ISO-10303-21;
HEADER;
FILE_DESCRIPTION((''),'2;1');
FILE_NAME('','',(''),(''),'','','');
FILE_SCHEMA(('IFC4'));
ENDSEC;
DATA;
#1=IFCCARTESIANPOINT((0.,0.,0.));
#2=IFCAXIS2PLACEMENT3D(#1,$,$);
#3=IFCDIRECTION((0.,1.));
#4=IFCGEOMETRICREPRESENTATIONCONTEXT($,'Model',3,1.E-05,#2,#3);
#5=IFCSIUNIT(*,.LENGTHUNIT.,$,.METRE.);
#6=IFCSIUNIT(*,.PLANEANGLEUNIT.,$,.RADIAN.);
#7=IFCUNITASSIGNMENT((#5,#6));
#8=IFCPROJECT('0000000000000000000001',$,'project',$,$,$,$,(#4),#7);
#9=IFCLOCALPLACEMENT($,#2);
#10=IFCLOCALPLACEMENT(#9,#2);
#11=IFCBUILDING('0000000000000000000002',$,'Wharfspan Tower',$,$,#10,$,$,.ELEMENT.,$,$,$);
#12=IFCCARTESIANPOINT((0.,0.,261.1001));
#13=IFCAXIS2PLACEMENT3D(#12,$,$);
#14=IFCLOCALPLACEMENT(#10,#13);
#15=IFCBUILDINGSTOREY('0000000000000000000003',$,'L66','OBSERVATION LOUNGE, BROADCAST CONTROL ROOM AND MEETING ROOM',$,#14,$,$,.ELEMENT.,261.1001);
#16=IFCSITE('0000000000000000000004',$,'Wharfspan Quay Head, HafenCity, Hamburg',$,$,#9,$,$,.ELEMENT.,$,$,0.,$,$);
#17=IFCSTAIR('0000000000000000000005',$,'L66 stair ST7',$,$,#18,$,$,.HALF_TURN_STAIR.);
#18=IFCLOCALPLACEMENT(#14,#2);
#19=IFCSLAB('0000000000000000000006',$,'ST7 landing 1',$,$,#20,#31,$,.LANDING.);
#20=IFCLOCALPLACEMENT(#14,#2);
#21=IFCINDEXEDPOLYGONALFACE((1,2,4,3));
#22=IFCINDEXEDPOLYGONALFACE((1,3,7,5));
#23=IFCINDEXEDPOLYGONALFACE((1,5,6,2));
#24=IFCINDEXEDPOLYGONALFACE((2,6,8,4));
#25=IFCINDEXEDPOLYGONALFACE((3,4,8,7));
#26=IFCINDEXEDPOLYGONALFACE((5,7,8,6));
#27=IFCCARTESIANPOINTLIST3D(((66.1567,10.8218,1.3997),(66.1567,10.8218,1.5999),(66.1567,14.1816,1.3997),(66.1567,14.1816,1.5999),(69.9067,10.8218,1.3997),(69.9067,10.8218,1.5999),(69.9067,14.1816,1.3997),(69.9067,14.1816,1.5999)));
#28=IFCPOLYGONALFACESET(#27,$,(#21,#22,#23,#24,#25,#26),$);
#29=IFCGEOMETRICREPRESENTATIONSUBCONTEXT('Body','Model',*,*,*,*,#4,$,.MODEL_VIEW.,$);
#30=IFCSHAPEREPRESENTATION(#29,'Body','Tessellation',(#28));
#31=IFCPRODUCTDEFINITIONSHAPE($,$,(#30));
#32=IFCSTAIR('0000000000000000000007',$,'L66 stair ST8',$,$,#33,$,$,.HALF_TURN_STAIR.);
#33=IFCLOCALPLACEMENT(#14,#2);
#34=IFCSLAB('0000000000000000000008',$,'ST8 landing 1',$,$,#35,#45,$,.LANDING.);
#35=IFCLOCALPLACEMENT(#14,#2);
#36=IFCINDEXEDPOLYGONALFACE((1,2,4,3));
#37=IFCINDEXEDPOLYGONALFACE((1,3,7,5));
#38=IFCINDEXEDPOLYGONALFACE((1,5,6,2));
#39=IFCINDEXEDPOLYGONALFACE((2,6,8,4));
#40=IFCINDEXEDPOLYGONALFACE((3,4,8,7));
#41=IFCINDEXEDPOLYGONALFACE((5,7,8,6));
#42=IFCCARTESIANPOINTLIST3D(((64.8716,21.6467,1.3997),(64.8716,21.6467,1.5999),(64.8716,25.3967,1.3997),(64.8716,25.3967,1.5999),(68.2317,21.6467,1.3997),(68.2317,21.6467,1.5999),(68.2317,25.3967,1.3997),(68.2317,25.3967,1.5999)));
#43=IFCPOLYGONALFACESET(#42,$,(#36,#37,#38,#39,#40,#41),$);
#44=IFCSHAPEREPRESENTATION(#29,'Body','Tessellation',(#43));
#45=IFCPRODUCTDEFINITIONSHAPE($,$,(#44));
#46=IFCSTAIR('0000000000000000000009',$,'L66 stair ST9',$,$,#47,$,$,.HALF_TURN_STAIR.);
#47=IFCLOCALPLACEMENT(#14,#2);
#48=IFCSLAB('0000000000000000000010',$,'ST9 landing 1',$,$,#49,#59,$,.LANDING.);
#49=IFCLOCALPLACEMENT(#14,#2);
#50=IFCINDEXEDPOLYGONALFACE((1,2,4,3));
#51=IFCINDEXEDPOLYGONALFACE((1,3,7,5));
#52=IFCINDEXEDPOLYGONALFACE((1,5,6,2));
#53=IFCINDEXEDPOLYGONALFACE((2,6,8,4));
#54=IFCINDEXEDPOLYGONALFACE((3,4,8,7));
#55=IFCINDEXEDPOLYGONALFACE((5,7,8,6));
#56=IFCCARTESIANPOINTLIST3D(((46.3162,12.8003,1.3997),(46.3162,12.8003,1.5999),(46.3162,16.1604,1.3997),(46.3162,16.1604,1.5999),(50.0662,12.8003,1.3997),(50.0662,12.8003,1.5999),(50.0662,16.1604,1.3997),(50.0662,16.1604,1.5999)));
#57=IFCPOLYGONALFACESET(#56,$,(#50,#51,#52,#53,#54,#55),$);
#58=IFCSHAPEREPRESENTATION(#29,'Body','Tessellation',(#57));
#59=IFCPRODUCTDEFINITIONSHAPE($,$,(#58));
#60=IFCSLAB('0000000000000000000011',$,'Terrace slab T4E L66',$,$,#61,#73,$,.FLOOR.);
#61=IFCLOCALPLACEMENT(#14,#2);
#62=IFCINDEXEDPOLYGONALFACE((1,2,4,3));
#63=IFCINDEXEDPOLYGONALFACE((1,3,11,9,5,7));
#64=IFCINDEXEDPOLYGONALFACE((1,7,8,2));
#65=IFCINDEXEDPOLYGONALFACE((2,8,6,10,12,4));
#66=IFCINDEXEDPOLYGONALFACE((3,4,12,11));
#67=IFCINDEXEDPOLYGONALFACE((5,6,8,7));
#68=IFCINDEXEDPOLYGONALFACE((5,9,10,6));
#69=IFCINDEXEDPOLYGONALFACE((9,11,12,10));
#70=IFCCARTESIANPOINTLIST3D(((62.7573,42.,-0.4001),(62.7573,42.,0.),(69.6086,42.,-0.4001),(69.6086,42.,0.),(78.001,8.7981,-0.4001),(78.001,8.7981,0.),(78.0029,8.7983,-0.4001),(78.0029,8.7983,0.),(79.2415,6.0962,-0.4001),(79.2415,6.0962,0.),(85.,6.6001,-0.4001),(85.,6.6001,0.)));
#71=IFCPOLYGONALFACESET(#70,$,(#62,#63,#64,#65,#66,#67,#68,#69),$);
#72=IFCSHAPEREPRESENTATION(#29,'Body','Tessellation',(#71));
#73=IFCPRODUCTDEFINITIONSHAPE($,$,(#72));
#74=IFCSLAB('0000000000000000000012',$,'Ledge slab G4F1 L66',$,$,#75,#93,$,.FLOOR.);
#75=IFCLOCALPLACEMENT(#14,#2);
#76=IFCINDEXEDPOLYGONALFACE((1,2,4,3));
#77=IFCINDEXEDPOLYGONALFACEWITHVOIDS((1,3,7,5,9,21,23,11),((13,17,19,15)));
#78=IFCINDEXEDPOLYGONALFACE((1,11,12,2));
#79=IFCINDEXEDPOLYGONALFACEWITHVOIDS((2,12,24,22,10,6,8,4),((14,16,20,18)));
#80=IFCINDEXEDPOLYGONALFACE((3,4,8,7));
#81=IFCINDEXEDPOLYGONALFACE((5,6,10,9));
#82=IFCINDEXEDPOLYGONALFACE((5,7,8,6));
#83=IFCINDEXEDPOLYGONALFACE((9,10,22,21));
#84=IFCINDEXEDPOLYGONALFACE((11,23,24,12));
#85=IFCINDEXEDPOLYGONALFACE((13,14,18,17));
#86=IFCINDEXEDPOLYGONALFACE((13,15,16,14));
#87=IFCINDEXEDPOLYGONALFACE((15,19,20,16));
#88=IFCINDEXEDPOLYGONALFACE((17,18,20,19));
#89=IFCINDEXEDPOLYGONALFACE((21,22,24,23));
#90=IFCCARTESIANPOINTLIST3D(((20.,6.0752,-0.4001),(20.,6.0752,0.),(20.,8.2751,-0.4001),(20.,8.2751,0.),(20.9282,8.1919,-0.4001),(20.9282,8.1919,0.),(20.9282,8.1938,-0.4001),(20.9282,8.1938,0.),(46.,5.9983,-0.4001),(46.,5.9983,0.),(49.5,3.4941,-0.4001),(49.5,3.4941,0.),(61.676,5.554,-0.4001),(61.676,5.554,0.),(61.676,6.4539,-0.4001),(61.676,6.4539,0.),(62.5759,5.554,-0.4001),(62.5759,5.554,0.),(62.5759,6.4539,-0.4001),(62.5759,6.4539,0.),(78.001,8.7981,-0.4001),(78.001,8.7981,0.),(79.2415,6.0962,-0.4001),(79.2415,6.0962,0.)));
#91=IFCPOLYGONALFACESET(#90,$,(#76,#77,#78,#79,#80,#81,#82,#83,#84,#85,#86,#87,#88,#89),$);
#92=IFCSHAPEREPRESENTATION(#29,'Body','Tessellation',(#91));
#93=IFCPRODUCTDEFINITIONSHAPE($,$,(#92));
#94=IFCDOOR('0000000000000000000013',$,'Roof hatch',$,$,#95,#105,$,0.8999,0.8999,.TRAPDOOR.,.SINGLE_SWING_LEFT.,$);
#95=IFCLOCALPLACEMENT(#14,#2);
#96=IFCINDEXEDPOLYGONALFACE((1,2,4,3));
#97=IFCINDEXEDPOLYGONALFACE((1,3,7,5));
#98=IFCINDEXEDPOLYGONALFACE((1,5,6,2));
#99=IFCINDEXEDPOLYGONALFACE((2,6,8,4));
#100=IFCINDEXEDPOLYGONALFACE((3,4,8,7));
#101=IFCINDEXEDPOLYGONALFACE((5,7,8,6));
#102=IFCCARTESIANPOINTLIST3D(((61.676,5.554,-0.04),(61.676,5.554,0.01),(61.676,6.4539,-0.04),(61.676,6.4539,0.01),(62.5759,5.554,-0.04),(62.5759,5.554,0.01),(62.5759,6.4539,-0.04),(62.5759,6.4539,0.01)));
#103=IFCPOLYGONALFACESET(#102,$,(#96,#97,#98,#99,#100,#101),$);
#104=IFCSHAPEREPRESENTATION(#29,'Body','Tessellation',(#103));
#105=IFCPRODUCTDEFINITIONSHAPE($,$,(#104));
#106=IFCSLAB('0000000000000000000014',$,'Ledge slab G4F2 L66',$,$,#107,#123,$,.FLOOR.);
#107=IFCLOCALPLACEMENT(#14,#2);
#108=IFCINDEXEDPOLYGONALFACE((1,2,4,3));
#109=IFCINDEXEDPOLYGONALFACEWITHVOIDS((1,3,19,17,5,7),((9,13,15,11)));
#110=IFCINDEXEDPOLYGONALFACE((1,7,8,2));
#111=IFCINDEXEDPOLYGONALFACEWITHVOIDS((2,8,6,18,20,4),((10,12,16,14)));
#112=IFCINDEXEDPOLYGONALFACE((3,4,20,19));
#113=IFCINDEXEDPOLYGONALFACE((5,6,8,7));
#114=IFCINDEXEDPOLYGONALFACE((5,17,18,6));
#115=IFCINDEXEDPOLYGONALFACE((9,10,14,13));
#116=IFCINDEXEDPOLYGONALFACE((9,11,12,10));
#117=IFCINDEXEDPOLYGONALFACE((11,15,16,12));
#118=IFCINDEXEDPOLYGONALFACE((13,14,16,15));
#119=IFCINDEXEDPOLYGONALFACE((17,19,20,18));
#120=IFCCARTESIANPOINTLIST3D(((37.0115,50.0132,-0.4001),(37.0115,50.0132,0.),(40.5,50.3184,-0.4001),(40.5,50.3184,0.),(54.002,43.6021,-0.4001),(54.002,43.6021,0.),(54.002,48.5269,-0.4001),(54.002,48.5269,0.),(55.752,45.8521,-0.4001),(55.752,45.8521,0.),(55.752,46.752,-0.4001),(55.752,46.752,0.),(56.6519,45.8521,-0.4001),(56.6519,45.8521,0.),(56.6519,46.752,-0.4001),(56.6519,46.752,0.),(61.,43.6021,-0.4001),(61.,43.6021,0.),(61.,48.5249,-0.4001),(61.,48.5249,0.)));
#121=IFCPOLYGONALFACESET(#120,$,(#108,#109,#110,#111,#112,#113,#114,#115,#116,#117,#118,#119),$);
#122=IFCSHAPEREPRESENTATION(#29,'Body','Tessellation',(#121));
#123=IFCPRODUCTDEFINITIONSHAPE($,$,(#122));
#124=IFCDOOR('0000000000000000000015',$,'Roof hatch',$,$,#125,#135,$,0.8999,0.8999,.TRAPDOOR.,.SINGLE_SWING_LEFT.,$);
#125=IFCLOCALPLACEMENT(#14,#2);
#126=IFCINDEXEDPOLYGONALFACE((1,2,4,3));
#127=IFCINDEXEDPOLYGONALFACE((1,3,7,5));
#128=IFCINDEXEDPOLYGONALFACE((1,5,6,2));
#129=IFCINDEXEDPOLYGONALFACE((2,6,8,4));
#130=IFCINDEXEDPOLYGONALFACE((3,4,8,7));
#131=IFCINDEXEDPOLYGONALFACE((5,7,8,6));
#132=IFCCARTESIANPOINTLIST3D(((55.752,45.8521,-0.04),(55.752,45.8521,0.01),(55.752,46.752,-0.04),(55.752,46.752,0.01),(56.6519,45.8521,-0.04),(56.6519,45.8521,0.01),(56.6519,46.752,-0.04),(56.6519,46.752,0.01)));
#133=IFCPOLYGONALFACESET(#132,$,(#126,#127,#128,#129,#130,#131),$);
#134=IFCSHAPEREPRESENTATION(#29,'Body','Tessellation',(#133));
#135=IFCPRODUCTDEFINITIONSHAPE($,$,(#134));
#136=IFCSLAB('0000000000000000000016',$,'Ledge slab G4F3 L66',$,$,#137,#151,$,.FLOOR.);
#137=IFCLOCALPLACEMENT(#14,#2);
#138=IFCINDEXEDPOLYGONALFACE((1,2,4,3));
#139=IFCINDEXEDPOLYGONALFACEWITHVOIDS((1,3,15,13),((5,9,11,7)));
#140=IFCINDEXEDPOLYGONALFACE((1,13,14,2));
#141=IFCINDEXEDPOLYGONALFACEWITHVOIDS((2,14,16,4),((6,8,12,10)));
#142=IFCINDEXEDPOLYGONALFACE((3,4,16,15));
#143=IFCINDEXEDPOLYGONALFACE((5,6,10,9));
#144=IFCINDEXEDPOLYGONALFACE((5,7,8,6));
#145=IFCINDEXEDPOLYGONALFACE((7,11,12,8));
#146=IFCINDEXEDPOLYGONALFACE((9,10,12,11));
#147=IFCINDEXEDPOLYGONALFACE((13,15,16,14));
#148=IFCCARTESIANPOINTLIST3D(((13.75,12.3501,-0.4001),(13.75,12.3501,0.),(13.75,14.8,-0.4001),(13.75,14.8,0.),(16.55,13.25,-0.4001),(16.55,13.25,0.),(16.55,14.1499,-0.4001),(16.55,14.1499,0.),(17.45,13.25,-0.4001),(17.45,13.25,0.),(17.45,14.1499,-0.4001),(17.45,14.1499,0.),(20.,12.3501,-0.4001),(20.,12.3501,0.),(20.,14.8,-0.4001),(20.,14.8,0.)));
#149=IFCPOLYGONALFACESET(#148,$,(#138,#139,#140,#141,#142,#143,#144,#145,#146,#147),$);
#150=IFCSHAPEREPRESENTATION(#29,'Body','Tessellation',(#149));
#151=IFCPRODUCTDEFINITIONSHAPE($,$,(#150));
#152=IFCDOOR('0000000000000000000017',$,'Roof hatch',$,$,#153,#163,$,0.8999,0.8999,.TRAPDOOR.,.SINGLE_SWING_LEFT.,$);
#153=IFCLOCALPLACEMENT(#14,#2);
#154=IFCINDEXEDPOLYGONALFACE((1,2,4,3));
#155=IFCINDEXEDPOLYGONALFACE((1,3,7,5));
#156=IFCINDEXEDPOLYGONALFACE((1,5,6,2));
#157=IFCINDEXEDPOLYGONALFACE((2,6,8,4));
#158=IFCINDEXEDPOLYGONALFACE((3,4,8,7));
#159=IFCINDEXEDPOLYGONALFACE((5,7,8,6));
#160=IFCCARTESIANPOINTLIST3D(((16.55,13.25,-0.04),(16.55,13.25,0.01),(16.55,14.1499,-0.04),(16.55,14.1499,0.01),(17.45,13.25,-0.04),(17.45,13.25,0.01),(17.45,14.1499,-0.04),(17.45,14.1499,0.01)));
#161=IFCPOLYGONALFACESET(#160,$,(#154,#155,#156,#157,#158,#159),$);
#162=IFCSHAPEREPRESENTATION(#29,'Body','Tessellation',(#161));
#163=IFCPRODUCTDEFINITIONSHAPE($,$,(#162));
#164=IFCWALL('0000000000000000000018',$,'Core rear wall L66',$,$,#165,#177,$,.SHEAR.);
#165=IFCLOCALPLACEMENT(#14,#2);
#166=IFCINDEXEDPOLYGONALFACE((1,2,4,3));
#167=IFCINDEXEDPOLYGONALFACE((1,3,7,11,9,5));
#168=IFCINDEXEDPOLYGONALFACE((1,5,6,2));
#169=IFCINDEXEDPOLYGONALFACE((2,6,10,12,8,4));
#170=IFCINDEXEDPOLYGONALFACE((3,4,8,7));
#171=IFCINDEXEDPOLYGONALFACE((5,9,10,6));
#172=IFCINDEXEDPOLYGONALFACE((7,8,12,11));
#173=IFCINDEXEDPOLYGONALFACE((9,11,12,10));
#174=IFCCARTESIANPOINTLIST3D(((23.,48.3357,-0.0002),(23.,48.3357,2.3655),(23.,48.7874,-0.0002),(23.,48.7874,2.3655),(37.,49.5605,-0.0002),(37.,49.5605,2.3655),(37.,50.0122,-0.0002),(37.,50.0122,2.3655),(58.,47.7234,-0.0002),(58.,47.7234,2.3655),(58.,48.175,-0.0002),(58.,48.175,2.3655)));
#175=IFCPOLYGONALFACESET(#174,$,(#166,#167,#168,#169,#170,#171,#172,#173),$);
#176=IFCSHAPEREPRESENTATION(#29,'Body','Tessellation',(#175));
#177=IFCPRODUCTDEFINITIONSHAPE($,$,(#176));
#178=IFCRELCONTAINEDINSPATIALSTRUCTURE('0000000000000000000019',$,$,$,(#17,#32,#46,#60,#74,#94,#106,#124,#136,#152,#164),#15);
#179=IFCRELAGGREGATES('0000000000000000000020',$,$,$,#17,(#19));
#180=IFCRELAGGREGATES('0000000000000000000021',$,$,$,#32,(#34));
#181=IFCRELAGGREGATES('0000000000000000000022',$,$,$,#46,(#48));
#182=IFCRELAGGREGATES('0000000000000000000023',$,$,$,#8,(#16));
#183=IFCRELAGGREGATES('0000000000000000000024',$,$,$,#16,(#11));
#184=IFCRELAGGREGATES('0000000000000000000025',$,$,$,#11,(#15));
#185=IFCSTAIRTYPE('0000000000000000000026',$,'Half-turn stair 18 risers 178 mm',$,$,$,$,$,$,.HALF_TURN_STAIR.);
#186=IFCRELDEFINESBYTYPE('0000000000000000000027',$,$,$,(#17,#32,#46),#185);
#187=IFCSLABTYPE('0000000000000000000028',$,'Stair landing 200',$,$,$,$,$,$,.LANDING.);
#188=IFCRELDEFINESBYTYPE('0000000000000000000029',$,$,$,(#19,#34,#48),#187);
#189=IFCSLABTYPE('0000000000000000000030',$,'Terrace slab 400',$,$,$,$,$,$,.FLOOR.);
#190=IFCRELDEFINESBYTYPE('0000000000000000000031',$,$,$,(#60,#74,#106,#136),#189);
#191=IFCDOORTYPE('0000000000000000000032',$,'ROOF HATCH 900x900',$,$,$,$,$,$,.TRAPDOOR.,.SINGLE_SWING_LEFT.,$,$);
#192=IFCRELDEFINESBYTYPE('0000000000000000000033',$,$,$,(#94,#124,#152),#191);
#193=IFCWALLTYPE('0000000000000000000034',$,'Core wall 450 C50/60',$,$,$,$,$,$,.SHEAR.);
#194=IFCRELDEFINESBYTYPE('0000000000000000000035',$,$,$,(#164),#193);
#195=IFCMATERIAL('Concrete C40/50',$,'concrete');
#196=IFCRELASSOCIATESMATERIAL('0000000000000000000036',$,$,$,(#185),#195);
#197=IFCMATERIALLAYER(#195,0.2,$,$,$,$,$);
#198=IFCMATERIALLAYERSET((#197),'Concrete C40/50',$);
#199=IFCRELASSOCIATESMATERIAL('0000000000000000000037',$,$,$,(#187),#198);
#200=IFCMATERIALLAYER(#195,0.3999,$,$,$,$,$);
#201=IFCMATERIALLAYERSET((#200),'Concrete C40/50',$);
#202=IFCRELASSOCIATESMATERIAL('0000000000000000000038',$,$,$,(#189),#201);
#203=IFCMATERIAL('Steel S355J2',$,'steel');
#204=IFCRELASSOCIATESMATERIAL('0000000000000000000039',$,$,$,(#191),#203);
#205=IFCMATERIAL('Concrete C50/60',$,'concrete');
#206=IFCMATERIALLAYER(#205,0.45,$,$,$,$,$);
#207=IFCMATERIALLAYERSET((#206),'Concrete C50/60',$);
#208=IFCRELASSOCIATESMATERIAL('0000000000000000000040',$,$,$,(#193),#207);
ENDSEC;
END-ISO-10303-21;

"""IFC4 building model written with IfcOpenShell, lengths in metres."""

from ifc_helpers import new_model, si_unit, direction, frame, origin, origin_2d, place, context, subcontext, project, spatial, polyline, rectangle, outline, extrude, material, layer, layer_set, type_object, element, fill, aggregate, save


model = new_model("IFC4")

# Units and contexts
model_context = context("Model", 3, precision=1e-05, world=origin(), true_north=direction((0.0, 1.0)))
body_context = subcontext(model_context, "Body", "Model", "MODEL_VIEW")
ifc_project = project(units=[si_unit("LENGTHUNIT", "METRE"), si_unit("PLANEANGLEUNIT", "RADIAN")], contexts=[model_context])

# Site, building, storey
site_placement = place(None, origin())
site = spatial("IfcSite", under=ifc_project, at=site_placement, Name="Wharfspan Quay Head, HafenCity, Hamburg", CompositionType="ELEMENT", RefElevation=0.0)
building_placement = place(site_placement, origin())
building = spatial("IfcBuilding", under=site, at=building_placement, Name="Wharfspan Tower", CompositionType="ELEMENT")
storey_placement = place(building_placement, frame((0.0, 0.0, 261.1001)))
storey = spatial("IfcBuildingStorey", under=building, at=storey_placement, Name="L66", Description="OBSERVATION LOUNGE, BROADCAST CONTROL ROOM AND MEETING ROOM", CompositionType="ELEMENT", Elevation=261.1001)

# Shared definitions
ifc_material_1 = material(Name="Concrete C40/50", Category="concrete")

# Stairs, slabs
stair_type = type_object("IfcStairType", Name="Half-turn stair 18 risers 178 mm", PredefinedType="HALF_TURN_STAIR", material=ifc_material_1)
ifc_layer_1 = layer(ifc_material_1, 0.2)
ifc_layer_set_1 = layer_set([ifc_layer_1], Name="Concrete C40/50")
slab_type_1 = type_object("IfcSlabType", Name="Stair landing 200", PredefinedType="LANDING", material=ifc_layer_set_1)
stair_1_placement = place(storey_placement, origin())
stair_1 = element("IfcStair", 1, at=stair_1_placement, inside=storey, type_object=stair_type, Name="L66 stair ST7", PredefinedType="HALF_TURN_STAIR")
slab_1_placement = place(storey_placement, frame((0.0, 0.0, 1.3997)))
slab_1 = element("IfcSlab", 2, at=slab_1_placement, type_object=slab_type_1, Name="ST7 landing 1", PredefinedType="LANDING", context=body_context, shape_type="SweptSolid", body=[
    extrude(outline(polyline([(66.1567, 14.1816), (66.1567, 10.8218), (69.9067, 10.8218), (69.9067, 14.1816), (66.1567, 14.1816)])), origin(), (0.0, 0.0, 1.0), 0.2002),
])
aggregate(stair_1, [slab_1])
stair_2_placement = place(storey_placement, origin())
stair_2 = element("IfcStair", 3, at=stair_2_placement, inside=storey, type_object=stair_type, Name="L66 stair ST8", PredefinedType="HALF_TURN_STAIR")
slab_2_placement = place(storey_placement, frame((0.0, 0.0, 1.3997)))
slab_2 = element("IfcSlab", 4, at=slab_2_placement, type_object=slab_type_1, Name="ST8 landing 1", PredefinedType="LANDING", context=body_context, shape_type="SweptSolid", body=[
    extrude(outline(polyline([(64.8716, 21.6467), (68.2317, 21.6467), (68.2317, 25.3967), (64.8716, 25.3967), (64.8716, 21.6467)])), origin(), (0.0, 0.0, 1.0), 0.2002),
])
aggregate(stair_2, [slab_2])
stair_3_placement = place(storey_placement, origin())
stair_3 = element("IfcStair", 5, at=stair_3_placement, inside=storey, type_object=stair_type, Name="L66 stair ST9", PredefinedType="HALF_TURN_STAIR")
slab_3_placement = place(storey_placement, frame((0.0, 0.0, 1.3997)))
slab_3 = element("IfcSlab", 6, at=slab_3_placement, type_object=slab_type_1, Name="ST9 landing 1", PredefinedType="LANDING", context=body_context, shape_type="SweptSolid", body=[
    extrude(outline(polyline([(46.3162, 16.1604), (46.3162, 12.8003), (50.0662, 12.8003), (50.0662, 16.1604), (46.3162, 16.1604)])), origin(), (0.0, 0.0, 1.0), 0.2002),
])
aggregate(stair_3, [slab_3])

# Slab
ifc_layer_2 = layer(ifc_material_1, 0.3999)
ifc_layer_set_2 = layer_set([ifc_layer_2], Name="Concrete C40/50")
slab_type_2 = type_object("IfcSlabType", Name="Terrace slab 400", PredefinedType="FLOOR", material=ifc_layer_set_2)
slab_4_placement = place(storey_placement, frame((0.0, 0.0, -0.4001)))
element("IfcSlab", 7, at=slab_4_placement, inside=storey, type_object=slab_type_2, Name="Terrace slab T4E L66", PredefinedType="FLOOR", context=body_context, shape_type="SweptSolid", body=[
    extrude(outline(polyline([(85.0, 6.6001), (69.6086, 42.0), (62.7573, 42.0), (78.0029, 8.7983), (78.001, 8.7981), (79.2415, 6.0962), (85.0, 6.6001)])), origin(), (0.0, 0.0, 1.0), 0.4001),
])

# Slabs, openings, doors
slab_5_placement = place(storey_placement, frame((0.0, 0.0, -0.4001)))
slab_5 = element("IfcSlab", 8, at=slab_5_placement, inside=storey, type_object=slab_type_2, Name="Ledge slab G4F1 L66", PredefinedType="FLOOR", context=body_context, shape_type="SweptSolid", body=[
    extrude(outline(polyline([(49.5, 3.4941), (79.2415, 6.0962), (78.001, 8.7981), (46.0, 5.9983), (20.9282, 8.1919), (20.9282, 8.1938), (20.0, 8.2751), (20.0, 6.0752), (49.5, 3.4941)])), origin(), (0.0, 0.0, 1.0), 0.4001),
])
opening_1_placement = place(slab_5_placement, frame((62.126, 6.0039, 0.0)))
opening_1 = element("IfcOpeningElement", 9, at=opening_1_placement, cuts=slab_5, PredefinedType="OPENING", context=body_context, shape_type="SweptSolid", body=[
    extrude(rectangle(XDim=0.8999, YDim=0.8999, at=origin_2d()), frame((0.0, 0.0, -0.01)), (0.0, 0.0, 1.0), 0.4202),
])
ifc_material_2 = material(Name="Steel S355J2", Category="steel")
door_type = type_object("IfcDoorType", Name="ROOF HATCH 900x900", OperationType="SINGLE_SWING_LEFT", PredefinedType="TRAPDOOR", material=ifc_material_2)
door_1_placement = place(opening_1_placement, frame((0.0, 0.0, 0.3601)))
door_1 = element("IfcDoor", 10, at=door_1_placement, inside=storey, type_object=door_type, Name="Roof hatch", OperationType="SINGLE_SWING_LEFT", OverallHeight=0.8999, OverallWidth=0.8999, PredefinedType="TRAPDOOR", context=body_context, shape_type="SweptSolid", body=[
    extrude(rectangle(XDim=0.8999, YDim=0.8999, at=origin_2d()), origin(), (0.0, 0.0, 1.0), 0.05),
])
fill(opening_1, door_1)
slab_6_placement = place(storey_placement, frame((0.0, 0.0, -0.4001)))
slab_6 = element("IfcSlab", 11, at=slab_6_placement, inside=storey, type_object=slab_type_2, Name="Ledge slab G4F2 L66", PredefinedType="FLOOR", context=body_context, shape_type="SweptSolid", body=[
    extrude(outline(polyline([(61.0, 48.5249), (40.5, 50.3184), (37.0115, 50.0132), (54.002, 48.5269), (54.002, 43.6021), (61.0, 43.6021), (61.0, 48.5249)])), origin(), (0.0, 0.0, 1.0), 0.4001),
])
opening_2_placement = place(slab_6_placement, frame((56.2019, 46.302, 0.0)))
opening_2 = element("IfcOpeningElement", 12, at=opening_2_placement, cuts=slab_6, PredefinedType="OPENING", context=body_context, shape_type="SweptSolid", body=[
    extrude(rectangle(XDim=0.8999, YDim=0.8999, at=origin_2d()), frame((0.0, 0.0, -0.01)), (0.0, 0.0, 1.0), 0.4202),
])
door_2_placement = place(opening_2_placement, frame((0.0, 0.0, 0.3601)))
door_2 = element("IfcDoor", 13, at=door_2_placement, inside=storey, type_object=door_type, Name="Roof hatch", OperationType="SINGLE_SWING_LEFT", OverallHeight=0.8999, OverallWidth=0.8999, PredefinedType="TRAPDOOR", context=body_context, shape_type="SweptSolid", body=[
    extrude(rectangle(XDim=0.8999, YDim=0.8999, at=origin_2d()), origin(), (0.0, 0.0, 1.0), 0.05),
])
fill(opening_2, door_2)
slab_7_placement = place(storey_placement, frame((0.0, 0.0, -0.4001)))
slab_7 = element("IfcSlab", 14, at=slab_7_placement, inside=storey, type_object=slab_type_2, Name="Ledge slab G4F3 L66", PredefinedType="FLOOR", context=body_context, shape_type="SweptSolid", body=[
    extrude(outline(polyline([(13.75, 12.3501), (20.0, 12.3501), (20.0, 14.8), (13.75, 14.8), (13.75, 12.3501)])), origin(), (0.0, 0.0, 1.0), 0.4001),
])
opening_3_placement = place(slab_7_placement, frame((17.0, 13.7, 0.0)))
opening_3 = element("IfcOpeningElement", 15, at=opening_3_placement, cuts=slab_7, PredefinedType="OPENING", context=body_context, shape_type="SweptSolid", body=[
    extrude(rectangle(XDim=0.8999, YDim=0.8999, at=origin_2d()), frame((0.0, 0.0, -0.01)), (0.0, 0.0, 1.0), 0.4202),
])
door_3_placement = place(opening_3_placement, frame((0.0, 0.0, 0.3601)))
door_3 = element("IfcDoor", 16, at=door_3_placement, inside=storey, type_object=door_type, Name="Roof hatch", OperationType="SINGLE_SWING_LEFT", OverallHeight=0.8999, OverallWidth=0.8999, PredefinedType="TRAPDOOR", context=body_context, shape_type="SweptSolid", body=[
    extrude(rectangle(XDim=0.8999, YDim=0.8999, at=origin_2d()), origin(), (0.0, 0.0, 1.0), 0.05),
])
fill(opening_3, door_3)

# Wall
ifc_material_3 = material(Name="Concrete C50/60", Category="concrete")
ifc_layer_3 = layer(ifc_material_3, 0.45)
ifc_layer_set_3 = layer_set([ifc_layer_3], Name="Concrete C50/60")
wall_type_1 = type_object("IfcWallType", Name="Core wall 450 C50/60", PredefinedType="SHEAR", material=ifc_layer_set_3)
wall_1_placement = place(storey_placement, frame((0.0, 0.0, -0.0002)))
element("IfcWall", 17, at=wall_1_placement, inside=storey, type_object=wall_type_1, Name="Core rear wall L66", PredefinedType="SHEAR", context=body_context, shape_type="SweptSolid", body=[
    extrude(outline(polyline([(23.0, 48.3357), (37.0, 49.5605), (58.0, 47.7234), (58.0, 48.175), (37.0, 50.0122), (23.0, 48.7874), (23.0, 48.3357)])), origin(), (0.0, 0.0, 1.0), 2.3657),
])

save(model, "model.ifc")
